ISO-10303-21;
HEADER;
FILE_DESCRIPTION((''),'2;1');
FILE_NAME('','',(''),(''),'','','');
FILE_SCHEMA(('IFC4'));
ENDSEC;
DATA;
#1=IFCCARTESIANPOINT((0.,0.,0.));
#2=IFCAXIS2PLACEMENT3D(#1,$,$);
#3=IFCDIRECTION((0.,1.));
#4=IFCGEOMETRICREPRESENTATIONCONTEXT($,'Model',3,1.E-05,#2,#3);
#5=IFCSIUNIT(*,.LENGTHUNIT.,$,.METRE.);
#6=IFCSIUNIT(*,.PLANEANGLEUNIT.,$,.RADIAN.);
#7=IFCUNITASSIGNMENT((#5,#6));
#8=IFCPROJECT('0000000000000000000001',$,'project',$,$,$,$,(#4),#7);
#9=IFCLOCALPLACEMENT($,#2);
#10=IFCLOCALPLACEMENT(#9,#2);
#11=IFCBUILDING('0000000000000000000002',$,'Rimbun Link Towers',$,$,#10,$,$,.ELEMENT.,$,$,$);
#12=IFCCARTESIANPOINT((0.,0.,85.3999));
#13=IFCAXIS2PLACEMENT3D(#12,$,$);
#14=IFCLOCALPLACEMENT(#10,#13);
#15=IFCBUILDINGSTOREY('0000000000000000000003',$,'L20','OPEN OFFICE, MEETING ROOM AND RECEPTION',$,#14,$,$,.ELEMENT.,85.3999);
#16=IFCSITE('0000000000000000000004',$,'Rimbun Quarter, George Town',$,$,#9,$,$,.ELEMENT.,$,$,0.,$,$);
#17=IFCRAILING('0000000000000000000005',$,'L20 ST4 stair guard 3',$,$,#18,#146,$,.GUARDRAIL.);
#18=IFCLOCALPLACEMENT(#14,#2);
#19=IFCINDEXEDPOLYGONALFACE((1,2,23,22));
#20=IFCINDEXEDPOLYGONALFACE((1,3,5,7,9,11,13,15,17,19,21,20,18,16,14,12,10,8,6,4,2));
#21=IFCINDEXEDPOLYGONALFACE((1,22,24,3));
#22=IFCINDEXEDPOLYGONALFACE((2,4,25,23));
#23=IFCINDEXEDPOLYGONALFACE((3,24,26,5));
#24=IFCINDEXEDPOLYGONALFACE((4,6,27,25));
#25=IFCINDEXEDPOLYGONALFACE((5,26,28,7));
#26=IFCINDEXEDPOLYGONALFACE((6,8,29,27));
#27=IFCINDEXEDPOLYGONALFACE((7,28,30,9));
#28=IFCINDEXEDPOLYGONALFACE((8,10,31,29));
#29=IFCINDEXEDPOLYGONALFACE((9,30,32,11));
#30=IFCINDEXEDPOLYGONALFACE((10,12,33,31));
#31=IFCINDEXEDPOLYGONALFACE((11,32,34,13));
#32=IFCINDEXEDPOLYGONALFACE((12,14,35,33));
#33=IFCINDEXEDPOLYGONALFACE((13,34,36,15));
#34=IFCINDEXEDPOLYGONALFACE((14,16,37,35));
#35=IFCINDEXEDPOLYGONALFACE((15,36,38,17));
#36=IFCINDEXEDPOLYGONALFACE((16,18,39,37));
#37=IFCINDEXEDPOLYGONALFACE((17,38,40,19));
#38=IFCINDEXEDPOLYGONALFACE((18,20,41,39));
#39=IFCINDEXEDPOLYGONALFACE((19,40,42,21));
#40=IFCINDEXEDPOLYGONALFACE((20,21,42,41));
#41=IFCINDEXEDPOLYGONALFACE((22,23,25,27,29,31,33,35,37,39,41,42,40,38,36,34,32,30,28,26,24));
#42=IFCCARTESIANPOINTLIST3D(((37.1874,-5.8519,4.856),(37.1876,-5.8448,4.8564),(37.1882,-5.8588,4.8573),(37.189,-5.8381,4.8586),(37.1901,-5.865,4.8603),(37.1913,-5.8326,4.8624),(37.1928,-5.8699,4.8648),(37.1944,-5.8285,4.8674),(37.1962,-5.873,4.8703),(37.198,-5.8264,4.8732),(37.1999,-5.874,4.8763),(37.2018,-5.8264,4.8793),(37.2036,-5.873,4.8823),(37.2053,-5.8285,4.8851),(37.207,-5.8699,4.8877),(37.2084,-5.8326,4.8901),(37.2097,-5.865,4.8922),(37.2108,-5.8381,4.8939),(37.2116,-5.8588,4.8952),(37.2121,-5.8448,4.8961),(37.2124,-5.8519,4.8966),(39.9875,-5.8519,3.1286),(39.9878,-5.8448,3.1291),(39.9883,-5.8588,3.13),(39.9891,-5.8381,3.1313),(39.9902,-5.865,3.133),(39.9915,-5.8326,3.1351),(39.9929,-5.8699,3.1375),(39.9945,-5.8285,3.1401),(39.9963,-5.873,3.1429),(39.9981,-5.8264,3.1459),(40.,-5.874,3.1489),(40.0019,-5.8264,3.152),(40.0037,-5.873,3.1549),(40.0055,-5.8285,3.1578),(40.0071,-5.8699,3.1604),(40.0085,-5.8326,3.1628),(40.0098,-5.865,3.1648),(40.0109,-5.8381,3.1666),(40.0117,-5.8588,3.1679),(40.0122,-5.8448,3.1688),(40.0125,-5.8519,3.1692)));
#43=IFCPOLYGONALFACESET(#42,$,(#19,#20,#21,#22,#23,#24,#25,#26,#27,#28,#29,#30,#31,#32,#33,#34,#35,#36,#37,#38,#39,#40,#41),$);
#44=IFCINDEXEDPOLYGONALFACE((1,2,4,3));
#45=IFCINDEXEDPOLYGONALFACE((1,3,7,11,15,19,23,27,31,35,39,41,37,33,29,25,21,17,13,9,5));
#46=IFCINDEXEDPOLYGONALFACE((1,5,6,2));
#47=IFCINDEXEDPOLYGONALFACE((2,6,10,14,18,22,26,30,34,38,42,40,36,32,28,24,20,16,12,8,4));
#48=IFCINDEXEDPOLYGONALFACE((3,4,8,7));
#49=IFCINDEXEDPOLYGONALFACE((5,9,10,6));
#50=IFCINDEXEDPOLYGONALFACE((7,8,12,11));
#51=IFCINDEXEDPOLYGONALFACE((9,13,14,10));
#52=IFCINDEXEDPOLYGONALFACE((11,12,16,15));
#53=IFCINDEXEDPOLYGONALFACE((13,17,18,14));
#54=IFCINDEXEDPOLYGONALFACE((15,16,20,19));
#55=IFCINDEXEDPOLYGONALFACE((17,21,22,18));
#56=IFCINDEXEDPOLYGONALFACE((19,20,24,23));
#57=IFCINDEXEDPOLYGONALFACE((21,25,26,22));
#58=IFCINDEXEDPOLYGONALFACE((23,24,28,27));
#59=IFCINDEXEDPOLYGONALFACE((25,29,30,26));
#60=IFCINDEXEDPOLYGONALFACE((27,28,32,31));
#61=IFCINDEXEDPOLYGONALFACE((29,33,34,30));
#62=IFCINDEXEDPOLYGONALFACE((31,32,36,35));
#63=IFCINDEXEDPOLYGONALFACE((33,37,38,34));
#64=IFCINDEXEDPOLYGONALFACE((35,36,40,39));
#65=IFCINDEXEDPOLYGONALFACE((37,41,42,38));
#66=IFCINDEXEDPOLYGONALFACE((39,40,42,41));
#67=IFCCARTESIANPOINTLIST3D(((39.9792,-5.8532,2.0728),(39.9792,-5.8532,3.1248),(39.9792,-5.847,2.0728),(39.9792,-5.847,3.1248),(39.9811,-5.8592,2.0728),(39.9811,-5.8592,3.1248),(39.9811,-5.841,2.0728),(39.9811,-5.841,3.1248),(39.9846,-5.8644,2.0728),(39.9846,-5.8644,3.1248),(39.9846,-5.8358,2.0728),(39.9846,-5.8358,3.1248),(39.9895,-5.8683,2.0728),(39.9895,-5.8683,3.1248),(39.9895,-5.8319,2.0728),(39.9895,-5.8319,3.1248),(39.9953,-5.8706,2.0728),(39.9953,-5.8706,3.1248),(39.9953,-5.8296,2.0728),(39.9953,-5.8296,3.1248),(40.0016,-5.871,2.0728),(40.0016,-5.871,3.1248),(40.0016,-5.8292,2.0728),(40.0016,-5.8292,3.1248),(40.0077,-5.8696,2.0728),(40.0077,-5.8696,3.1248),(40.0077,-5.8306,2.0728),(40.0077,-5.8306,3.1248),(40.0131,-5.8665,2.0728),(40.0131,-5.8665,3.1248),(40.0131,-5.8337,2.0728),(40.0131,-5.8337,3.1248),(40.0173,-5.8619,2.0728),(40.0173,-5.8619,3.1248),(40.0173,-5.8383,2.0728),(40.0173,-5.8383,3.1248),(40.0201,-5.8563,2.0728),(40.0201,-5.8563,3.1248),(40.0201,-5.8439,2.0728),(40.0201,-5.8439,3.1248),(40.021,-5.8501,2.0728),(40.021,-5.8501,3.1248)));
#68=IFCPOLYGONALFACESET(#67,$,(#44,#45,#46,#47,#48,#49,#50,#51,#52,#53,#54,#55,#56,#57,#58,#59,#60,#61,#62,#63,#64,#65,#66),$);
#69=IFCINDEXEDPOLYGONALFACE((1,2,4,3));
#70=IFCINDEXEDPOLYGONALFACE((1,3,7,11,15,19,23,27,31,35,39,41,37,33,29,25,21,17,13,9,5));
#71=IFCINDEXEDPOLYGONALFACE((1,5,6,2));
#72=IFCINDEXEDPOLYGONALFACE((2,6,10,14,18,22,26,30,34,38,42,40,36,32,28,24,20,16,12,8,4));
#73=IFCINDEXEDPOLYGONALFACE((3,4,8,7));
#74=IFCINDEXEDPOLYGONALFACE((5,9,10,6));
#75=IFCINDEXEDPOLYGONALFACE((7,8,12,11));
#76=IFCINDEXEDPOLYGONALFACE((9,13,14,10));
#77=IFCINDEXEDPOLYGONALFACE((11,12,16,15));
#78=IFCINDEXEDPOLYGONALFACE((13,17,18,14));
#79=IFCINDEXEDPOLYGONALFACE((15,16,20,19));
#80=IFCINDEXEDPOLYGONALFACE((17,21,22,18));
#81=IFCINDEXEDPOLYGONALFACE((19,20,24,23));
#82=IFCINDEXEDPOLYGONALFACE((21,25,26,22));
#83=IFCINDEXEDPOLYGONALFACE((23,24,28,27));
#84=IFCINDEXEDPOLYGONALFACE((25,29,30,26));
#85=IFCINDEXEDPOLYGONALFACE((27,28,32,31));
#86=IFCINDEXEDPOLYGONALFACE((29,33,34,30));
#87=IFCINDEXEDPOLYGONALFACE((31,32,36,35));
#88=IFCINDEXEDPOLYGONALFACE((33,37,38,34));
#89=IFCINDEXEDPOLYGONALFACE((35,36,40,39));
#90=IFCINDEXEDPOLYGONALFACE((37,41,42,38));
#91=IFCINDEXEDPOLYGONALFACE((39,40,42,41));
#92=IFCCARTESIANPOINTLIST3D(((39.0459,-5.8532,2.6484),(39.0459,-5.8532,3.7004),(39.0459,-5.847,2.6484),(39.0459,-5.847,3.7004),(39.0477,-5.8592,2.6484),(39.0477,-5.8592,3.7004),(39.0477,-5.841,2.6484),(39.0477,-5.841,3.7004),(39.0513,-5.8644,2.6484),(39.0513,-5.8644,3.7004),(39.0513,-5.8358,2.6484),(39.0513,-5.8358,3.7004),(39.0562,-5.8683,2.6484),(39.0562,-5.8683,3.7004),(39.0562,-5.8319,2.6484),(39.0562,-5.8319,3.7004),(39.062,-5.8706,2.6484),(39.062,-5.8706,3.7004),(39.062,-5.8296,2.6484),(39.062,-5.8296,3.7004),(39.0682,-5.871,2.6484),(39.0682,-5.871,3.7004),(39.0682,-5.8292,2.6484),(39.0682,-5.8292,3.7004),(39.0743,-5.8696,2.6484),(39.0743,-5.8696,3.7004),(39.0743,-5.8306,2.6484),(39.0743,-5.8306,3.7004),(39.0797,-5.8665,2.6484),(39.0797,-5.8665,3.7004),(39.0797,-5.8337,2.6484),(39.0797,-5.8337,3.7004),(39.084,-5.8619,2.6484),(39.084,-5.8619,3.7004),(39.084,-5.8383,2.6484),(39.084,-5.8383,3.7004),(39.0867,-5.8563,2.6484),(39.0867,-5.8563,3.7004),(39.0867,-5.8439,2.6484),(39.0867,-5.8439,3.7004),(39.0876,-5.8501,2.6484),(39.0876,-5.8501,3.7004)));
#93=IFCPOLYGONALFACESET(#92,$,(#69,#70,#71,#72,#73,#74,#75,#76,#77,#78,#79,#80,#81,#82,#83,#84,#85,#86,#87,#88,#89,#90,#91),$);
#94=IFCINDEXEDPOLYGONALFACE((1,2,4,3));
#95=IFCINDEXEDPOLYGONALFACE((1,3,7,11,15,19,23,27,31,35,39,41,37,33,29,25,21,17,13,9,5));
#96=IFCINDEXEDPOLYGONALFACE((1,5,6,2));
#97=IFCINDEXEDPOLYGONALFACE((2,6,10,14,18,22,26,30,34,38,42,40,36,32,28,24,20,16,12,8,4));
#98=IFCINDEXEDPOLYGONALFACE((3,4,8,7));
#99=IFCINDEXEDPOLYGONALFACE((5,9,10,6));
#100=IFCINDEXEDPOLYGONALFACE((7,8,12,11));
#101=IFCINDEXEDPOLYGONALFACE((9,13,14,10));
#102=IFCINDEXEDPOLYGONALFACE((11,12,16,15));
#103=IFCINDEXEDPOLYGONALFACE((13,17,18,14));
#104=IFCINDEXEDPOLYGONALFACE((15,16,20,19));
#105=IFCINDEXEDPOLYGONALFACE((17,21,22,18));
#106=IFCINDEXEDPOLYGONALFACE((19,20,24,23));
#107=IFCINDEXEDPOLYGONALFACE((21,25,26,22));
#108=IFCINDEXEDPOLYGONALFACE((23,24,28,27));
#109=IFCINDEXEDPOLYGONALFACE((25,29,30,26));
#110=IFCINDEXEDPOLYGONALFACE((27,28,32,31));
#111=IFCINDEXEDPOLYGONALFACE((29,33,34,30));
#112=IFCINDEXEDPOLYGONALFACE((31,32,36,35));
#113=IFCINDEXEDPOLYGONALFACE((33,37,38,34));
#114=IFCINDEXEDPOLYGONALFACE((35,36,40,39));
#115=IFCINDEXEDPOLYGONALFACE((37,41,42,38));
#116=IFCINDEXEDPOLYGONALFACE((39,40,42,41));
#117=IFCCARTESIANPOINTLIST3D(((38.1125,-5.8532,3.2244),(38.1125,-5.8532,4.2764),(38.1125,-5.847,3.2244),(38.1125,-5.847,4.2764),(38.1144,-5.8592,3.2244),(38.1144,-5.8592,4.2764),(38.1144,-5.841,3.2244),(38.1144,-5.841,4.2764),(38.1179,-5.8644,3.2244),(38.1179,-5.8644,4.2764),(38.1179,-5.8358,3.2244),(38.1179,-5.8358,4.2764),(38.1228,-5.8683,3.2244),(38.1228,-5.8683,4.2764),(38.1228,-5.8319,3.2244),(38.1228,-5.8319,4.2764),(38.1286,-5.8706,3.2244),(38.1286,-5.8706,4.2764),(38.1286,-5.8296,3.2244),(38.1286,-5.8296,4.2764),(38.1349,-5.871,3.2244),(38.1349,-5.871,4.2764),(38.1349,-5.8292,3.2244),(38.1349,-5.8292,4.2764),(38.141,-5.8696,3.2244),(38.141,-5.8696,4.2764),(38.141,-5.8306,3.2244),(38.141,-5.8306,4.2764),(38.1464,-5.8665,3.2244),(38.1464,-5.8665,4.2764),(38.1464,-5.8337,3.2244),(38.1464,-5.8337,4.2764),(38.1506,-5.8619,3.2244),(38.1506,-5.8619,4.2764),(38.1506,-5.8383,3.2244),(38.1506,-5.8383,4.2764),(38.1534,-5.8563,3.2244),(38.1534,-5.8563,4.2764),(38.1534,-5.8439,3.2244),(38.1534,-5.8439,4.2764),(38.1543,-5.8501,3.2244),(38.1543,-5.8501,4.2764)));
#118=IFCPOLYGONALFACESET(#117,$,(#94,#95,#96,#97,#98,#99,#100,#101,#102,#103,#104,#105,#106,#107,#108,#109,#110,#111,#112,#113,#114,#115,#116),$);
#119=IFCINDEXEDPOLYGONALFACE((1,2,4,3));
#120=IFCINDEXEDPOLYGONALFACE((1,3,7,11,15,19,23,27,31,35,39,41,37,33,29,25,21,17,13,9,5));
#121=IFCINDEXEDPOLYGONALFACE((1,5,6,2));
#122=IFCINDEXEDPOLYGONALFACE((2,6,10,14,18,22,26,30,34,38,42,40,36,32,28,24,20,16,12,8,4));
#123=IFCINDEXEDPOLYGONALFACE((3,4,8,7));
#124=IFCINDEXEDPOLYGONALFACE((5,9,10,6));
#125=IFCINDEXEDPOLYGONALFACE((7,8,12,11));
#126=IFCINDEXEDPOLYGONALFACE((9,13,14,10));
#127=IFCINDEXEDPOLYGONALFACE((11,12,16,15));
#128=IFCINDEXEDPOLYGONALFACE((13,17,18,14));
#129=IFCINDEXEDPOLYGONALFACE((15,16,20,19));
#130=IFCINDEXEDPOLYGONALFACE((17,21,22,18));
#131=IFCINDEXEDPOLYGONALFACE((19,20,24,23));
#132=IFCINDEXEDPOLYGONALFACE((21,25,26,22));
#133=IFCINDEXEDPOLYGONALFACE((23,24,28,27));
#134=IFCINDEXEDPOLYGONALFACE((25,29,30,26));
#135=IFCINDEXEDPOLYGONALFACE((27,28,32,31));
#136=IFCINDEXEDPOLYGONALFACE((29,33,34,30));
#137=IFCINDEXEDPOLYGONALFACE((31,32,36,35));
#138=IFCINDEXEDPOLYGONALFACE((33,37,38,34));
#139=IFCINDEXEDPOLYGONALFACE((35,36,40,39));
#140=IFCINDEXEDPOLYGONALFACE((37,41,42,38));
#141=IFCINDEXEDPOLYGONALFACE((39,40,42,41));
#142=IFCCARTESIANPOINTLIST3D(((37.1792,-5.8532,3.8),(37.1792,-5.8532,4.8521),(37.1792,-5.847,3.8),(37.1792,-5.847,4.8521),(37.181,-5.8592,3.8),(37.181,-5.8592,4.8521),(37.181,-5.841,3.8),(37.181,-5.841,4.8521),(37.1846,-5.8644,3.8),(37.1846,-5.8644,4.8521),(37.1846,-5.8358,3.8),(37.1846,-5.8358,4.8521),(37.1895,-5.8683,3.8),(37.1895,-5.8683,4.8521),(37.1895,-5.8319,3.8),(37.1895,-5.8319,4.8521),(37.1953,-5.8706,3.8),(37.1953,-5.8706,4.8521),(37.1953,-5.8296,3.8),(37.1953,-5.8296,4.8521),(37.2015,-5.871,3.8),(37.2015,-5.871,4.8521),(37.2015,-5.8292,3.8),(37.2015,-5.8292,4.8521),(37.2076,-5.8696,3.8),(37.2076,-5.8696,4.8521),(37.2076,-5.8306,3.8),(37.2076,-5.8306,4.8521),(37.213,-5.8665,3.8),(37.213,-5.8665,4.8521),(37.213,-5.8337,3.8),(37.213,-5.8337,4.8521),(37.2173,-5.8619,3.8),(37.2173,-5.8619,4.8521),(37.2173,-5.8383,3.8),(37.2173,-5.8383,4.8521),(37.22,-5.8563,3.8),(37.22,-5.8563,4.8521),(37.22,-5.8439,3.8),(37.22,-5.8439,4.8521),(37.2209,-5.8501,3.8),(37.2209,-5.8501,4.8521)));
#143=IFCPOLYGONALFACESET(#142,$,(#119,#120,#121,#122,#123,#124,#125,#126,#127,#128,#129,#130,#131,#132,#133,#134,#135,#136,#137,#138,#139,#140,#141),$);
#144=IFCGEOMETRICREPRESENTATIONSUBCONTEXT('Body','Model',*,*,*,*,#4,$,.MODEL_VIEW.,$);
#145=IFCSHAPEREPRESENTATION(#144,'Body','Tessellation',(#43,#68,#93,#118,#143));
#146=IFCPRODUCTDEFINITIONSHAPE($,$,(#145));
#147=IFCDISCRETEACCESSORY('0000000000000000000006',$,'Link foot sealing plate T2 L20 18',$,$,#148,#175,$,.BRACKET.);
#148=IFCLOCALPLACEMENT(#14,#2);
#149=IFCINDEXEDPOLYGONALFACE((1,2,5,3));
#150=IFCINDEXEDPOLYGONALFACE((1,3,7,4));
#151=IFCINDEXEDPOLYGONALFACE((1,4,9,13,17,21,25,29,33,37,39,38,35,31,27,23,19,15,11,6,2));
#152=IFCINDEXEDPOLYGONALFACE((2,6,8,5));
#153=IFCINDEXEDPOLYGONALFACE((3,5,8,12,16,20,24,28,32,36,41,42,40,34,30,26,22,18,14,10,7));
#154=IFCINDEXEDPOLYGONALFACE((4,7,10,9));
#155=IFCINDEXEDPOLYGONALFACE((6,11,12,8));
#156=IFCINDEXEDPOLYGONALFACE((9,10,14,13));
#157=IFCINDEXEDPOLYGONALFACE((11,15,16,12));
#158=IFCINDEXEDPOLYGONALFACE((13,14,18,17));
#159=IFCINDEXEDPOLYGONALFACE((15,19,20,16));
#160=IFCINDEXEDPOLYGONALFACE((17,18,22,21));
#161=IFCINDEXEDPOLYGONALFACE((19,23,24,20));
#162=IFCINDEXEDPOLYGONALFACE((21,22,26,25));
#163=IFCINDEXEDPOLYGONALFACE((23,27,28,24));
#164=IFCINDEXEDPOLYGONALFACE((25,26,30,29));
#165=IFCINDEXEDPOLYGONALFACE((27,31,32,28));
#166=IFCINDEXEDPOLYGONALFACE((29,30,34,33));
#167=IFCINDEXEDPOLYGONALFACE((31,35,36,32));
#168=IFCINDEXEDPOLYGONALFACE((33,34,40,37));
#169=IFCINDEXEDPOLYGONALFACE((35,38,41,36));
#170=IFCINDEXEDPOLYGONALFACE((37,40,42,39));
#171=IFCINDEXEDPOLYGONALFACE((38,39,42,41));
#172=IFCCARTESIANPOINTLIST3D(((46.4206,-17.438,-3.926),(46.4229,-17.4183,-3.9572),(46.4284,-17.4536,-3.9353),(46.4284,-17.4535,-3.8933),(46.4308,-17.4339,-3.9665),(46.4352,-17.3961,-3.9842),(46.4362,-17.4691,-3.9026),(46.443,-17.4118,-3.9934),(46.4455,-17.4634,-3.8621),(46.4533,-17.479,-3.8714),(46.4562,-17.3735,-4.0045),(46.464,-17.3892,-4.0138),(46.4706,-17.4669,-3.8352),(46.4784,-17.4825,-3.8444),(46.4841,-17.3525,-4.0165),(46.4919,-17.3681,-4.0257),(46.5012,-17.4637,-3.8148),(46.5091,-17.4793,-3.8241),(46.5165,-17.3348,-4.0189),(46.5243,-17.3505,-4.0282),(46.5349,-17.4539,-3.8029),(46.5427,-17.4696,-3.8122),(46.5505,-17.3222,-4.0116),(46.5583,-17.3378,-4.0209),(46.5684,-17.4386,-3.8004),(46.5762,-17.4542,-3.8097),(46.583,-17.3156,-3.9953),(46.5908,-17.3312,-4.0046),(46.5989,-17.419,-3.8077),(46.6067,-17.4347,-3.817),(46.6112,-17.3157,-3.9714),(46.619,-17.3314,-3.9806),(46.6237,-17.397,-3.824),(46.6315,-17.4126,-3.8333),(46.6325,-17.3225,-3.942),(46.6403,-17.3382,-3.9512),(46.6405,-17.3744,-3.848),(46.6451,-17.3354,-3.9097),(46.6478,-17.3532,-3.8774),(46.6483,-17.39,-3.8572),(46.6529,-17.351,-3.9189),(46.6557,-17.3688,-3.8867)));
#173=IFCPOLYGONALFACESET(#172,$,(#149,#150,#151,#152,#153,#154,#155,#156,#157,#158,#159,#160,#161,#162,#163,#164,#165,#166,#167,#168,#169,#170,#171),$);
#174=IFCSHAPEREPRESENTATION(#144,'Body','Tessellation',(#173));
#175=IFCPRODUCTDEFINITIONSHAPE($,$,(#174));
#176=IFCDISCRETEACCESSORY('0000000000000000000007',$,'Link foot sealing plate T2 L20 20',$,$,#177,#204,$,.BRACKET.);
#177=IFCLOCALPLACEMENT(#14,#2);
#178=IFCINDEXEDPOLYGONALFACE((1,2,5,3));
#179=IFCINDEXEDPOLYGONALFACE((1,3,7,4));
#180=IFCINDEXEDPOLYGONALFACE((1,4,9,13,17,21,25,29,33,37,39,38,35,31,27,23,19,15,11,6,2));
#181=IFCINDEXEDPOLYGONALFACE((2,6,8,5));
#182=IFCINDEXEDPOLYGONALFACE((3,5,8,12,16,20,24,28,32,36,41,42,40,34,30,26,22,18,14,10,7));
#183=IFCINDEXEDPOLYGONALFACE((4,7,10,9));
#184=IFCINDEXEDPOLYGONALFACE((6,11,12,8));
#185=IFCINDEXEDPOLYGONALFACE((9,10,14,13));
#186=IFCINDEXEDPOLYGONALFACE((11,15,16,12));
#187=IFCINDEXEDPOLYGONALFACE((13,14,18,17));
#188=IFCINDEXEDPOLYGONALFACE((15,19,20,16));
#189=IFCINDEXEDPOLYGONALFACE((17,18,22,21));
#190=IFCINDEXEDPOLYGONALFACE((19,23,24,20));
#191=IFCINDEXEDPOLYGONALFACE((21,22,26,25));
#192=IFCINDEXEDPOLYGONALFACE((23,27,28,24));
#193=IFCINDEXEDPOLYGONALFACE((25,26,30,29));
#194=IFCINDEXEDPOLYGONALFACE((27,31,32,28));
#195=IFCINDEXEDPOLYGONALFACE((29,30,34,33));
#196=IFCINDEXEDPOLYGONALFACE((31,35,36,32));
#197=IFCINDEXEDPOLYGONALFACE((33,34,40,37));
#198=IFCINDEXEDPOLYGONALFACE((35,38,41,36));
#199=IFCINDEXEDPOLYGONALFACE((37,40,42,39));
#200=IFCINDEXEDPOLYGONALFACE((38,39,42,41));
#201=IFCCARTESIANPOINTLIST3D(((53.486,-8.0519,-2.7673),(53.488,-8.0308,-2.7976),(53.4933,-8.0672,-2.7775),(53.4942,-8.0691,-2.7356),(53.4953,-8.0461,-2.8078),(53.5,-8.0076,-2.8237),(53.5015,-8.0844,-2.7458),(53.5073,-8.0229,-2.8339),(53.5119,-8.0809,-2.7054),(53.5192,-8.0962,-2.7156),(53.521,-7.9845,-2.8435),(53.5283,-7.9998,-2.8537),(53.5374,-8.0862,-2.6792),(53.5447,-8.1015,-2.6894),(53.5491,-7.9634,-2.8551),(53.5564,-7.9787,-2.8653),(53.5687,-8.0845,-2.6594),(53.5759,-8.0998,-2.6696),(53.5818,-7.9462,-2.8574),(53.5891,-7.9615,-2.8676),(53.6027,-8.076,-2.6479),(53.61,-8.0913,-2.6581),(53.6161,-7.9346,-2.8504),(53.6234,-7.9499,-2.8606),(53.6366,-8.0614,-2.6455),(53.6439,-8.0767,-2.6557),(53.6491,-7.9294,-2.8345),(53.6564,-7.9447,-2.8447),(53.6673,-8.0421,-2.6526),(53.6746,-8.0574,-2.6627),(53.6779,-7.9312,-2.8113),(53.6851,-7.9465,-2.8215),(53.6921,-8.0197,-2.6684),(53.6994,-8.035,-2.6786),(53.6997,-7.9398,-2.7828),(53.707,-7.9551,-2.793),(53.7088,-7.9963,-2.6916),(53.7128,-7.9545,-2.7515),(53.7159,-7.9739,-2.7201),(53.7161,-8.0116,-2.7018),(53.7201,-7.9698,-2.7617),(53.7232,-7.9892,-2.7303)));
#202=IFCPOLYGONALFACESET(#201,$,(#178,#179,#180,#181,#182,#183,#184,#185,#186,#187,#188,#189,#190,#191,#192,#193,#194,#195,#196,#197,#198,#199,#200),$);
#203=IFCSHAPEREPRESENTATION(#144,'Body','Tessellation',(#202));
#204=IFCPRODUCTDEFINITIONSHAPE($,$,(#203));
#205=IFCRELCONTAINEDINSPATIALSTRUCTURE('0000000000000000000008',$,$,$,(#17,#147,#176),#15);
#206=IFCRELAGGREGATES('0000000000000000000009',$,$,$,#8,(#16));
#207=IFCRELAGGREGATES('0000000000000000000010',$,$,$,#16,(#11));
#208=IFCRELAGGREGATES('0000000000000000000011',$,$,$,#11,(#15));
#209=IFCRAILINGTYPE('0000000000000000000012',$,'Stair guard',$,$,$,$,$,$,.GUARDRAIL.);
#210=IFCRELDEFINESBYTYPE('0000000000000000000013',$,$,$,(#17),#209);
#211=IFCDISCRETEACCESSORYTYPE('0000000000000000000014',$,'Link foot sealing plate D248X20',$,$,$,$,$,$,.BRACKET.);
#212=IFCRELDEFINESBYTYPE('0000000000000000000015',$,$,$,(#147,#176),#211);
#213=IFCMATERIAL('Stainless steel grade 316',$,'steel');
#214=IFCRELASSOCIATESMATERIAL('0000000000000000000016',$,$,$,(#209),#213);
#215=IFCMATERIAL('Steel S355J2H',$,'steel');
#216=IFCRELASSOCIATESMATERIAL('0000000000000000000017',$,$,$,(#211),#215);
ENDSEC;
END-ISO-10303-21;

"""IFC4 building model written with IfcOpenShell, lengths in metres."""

from ifc_helpers import new_model, si_unit, direction, frame, origin, origin_2d, place, context, subcontext, project, spatial, circle, extrude, material, material_profile, profile_set, type_object, element, save


model = new_model("IFC4")

# Units and contexts
model_context = context("Model", 3, precision=1e-05, world=origin(), true_north=direction((0.0, 1.0)))
body_context = subcontext(model_context, "Body", "Model", "MODEL_VIEW")
ifc_project = project(units=[si_unit("LENGTHUNIT", "METRE"), si_unit("PLANEANGLEUNIT", "RADIAN")], contexts=[model_context])

# Site, building, storey
site_placement = place(None, origin())
site = spatial("IfcSite", under=ifc_project, at=site_placement, Name="Rimbun Quarter, George Town", CompositionType="ELEMENT", RefElevation=0.0)
building_placement = place(site_placement, origin())
building = spatial("IfcBuilding", under=site, at=building_placement, Name="Rimbun Link Towers", CompositionType="ELEMENT")
storey_placement = place(building_placement, frame((0.0, 0.0, 85.3999)))
storey = spatial("IfcBuildingStorey", under=building, at=storey_placement, Name="L20", Description="OPEN OFFICE, MEETING ROOM AND RECEPTION", CompositionType="ELEMENT", Elevation=85.3999)

# Railing
ifc_material_1 = material(Name="Stainless steel grade 316", Category="steel")
railing_type = type_object("IfcRailingType", Name="Stair guard", PredefinedType="GUARDRAIL", material=ifc_material_1)
railing_1_placement = place(storey_placement, frame((40.0, -5.8501, 2.0728)))
element("IfcRailing", 1, at=railing_1_placement, inside=storey, type_object=railing_type, Name="L20 ST4 stair guard 3", PredefinedType="GUARDRAIL", context=body_context, shape_type="SweptSolid", body=[
    extrude(circle(Radius=0.0239, at=origin_2d()), frame((0.0, 0.0, 1.0762), z_axis=(-0.85109, 0.0, 0.52502), x_axis=(0.0, -1.0, 0.0)), (0.0, 0.0, 1.0), 3.29),
    extrude(circle(Radius=0.021, at=origin_2d()), origin(), (0.0, 0.0, 1.0), 1.052),
    extrude(circle(Radius=0.021, at=origin_2d()), frame((-0.9333, 0.0, 0.5757)), (0.0, 0.0, 1.0), 1.052),
    extrude(circle(Radius=0.021, at=origin_2d()), frame((-1.8667, 0.0, 1.1516)), (0.0, 0.0, 1.0), 1.052),
    extrude(circle(Radius=0.021, at=origin_2d()), frame((-2.8, 0.0, 1.7273)), (0.0, 0.0, 1.0), 1.052),
])

# Discrete accessories
ifc_material_2 = material(Name="Steel S355J2H", Category="steel")
ifc_material_profile_1 = material_profile(ifc_material_2, circle(Radius=0.124, at=origin_2d()), Name="PL D248")
ifc_profile_set_1 = profile_set([ifc_material_profile_1], Name="Steel S355J2H")
discrete_accessory_type = type_object("IfcDiscreteAccessoryType", Name="Link foot sealing plate D248X20", PredefinedType="BRACKET", material=ifc_profile_set_1)
for number, where, z_axis, x_axis, name in (
    (2, (46.5342, -17.3909, -3.9097), (0.394971, -0.789943, -0.469029), (0.894427, 0.447214, 0.0), "Link foot sealing plate T2 L20 18"),
    (3, (53.6008, -8.0078, -2.7515), (0.368355, -0.773545, -0.515697), (0.902861, 0.429934, 0.0), "Link foot sealing plate T2 L20 20"),
):
    element("IfcDiscreteAccessory", number, at=place(storey_placement, frame(where, z_axis=z_axis, x_axis=x_axis)), inside=storey, type_object=discrete_accessory_type, Name=name, PredefinedType="BRACKET", context=body_context, shape_type="SweptSolid", body=[
        extrude(circle(Radius=0.124, at=origin_2d()), origin(), (0.0, 0.0, 1.0), 0.0198),
    ])

save(model, "model.ifc")
